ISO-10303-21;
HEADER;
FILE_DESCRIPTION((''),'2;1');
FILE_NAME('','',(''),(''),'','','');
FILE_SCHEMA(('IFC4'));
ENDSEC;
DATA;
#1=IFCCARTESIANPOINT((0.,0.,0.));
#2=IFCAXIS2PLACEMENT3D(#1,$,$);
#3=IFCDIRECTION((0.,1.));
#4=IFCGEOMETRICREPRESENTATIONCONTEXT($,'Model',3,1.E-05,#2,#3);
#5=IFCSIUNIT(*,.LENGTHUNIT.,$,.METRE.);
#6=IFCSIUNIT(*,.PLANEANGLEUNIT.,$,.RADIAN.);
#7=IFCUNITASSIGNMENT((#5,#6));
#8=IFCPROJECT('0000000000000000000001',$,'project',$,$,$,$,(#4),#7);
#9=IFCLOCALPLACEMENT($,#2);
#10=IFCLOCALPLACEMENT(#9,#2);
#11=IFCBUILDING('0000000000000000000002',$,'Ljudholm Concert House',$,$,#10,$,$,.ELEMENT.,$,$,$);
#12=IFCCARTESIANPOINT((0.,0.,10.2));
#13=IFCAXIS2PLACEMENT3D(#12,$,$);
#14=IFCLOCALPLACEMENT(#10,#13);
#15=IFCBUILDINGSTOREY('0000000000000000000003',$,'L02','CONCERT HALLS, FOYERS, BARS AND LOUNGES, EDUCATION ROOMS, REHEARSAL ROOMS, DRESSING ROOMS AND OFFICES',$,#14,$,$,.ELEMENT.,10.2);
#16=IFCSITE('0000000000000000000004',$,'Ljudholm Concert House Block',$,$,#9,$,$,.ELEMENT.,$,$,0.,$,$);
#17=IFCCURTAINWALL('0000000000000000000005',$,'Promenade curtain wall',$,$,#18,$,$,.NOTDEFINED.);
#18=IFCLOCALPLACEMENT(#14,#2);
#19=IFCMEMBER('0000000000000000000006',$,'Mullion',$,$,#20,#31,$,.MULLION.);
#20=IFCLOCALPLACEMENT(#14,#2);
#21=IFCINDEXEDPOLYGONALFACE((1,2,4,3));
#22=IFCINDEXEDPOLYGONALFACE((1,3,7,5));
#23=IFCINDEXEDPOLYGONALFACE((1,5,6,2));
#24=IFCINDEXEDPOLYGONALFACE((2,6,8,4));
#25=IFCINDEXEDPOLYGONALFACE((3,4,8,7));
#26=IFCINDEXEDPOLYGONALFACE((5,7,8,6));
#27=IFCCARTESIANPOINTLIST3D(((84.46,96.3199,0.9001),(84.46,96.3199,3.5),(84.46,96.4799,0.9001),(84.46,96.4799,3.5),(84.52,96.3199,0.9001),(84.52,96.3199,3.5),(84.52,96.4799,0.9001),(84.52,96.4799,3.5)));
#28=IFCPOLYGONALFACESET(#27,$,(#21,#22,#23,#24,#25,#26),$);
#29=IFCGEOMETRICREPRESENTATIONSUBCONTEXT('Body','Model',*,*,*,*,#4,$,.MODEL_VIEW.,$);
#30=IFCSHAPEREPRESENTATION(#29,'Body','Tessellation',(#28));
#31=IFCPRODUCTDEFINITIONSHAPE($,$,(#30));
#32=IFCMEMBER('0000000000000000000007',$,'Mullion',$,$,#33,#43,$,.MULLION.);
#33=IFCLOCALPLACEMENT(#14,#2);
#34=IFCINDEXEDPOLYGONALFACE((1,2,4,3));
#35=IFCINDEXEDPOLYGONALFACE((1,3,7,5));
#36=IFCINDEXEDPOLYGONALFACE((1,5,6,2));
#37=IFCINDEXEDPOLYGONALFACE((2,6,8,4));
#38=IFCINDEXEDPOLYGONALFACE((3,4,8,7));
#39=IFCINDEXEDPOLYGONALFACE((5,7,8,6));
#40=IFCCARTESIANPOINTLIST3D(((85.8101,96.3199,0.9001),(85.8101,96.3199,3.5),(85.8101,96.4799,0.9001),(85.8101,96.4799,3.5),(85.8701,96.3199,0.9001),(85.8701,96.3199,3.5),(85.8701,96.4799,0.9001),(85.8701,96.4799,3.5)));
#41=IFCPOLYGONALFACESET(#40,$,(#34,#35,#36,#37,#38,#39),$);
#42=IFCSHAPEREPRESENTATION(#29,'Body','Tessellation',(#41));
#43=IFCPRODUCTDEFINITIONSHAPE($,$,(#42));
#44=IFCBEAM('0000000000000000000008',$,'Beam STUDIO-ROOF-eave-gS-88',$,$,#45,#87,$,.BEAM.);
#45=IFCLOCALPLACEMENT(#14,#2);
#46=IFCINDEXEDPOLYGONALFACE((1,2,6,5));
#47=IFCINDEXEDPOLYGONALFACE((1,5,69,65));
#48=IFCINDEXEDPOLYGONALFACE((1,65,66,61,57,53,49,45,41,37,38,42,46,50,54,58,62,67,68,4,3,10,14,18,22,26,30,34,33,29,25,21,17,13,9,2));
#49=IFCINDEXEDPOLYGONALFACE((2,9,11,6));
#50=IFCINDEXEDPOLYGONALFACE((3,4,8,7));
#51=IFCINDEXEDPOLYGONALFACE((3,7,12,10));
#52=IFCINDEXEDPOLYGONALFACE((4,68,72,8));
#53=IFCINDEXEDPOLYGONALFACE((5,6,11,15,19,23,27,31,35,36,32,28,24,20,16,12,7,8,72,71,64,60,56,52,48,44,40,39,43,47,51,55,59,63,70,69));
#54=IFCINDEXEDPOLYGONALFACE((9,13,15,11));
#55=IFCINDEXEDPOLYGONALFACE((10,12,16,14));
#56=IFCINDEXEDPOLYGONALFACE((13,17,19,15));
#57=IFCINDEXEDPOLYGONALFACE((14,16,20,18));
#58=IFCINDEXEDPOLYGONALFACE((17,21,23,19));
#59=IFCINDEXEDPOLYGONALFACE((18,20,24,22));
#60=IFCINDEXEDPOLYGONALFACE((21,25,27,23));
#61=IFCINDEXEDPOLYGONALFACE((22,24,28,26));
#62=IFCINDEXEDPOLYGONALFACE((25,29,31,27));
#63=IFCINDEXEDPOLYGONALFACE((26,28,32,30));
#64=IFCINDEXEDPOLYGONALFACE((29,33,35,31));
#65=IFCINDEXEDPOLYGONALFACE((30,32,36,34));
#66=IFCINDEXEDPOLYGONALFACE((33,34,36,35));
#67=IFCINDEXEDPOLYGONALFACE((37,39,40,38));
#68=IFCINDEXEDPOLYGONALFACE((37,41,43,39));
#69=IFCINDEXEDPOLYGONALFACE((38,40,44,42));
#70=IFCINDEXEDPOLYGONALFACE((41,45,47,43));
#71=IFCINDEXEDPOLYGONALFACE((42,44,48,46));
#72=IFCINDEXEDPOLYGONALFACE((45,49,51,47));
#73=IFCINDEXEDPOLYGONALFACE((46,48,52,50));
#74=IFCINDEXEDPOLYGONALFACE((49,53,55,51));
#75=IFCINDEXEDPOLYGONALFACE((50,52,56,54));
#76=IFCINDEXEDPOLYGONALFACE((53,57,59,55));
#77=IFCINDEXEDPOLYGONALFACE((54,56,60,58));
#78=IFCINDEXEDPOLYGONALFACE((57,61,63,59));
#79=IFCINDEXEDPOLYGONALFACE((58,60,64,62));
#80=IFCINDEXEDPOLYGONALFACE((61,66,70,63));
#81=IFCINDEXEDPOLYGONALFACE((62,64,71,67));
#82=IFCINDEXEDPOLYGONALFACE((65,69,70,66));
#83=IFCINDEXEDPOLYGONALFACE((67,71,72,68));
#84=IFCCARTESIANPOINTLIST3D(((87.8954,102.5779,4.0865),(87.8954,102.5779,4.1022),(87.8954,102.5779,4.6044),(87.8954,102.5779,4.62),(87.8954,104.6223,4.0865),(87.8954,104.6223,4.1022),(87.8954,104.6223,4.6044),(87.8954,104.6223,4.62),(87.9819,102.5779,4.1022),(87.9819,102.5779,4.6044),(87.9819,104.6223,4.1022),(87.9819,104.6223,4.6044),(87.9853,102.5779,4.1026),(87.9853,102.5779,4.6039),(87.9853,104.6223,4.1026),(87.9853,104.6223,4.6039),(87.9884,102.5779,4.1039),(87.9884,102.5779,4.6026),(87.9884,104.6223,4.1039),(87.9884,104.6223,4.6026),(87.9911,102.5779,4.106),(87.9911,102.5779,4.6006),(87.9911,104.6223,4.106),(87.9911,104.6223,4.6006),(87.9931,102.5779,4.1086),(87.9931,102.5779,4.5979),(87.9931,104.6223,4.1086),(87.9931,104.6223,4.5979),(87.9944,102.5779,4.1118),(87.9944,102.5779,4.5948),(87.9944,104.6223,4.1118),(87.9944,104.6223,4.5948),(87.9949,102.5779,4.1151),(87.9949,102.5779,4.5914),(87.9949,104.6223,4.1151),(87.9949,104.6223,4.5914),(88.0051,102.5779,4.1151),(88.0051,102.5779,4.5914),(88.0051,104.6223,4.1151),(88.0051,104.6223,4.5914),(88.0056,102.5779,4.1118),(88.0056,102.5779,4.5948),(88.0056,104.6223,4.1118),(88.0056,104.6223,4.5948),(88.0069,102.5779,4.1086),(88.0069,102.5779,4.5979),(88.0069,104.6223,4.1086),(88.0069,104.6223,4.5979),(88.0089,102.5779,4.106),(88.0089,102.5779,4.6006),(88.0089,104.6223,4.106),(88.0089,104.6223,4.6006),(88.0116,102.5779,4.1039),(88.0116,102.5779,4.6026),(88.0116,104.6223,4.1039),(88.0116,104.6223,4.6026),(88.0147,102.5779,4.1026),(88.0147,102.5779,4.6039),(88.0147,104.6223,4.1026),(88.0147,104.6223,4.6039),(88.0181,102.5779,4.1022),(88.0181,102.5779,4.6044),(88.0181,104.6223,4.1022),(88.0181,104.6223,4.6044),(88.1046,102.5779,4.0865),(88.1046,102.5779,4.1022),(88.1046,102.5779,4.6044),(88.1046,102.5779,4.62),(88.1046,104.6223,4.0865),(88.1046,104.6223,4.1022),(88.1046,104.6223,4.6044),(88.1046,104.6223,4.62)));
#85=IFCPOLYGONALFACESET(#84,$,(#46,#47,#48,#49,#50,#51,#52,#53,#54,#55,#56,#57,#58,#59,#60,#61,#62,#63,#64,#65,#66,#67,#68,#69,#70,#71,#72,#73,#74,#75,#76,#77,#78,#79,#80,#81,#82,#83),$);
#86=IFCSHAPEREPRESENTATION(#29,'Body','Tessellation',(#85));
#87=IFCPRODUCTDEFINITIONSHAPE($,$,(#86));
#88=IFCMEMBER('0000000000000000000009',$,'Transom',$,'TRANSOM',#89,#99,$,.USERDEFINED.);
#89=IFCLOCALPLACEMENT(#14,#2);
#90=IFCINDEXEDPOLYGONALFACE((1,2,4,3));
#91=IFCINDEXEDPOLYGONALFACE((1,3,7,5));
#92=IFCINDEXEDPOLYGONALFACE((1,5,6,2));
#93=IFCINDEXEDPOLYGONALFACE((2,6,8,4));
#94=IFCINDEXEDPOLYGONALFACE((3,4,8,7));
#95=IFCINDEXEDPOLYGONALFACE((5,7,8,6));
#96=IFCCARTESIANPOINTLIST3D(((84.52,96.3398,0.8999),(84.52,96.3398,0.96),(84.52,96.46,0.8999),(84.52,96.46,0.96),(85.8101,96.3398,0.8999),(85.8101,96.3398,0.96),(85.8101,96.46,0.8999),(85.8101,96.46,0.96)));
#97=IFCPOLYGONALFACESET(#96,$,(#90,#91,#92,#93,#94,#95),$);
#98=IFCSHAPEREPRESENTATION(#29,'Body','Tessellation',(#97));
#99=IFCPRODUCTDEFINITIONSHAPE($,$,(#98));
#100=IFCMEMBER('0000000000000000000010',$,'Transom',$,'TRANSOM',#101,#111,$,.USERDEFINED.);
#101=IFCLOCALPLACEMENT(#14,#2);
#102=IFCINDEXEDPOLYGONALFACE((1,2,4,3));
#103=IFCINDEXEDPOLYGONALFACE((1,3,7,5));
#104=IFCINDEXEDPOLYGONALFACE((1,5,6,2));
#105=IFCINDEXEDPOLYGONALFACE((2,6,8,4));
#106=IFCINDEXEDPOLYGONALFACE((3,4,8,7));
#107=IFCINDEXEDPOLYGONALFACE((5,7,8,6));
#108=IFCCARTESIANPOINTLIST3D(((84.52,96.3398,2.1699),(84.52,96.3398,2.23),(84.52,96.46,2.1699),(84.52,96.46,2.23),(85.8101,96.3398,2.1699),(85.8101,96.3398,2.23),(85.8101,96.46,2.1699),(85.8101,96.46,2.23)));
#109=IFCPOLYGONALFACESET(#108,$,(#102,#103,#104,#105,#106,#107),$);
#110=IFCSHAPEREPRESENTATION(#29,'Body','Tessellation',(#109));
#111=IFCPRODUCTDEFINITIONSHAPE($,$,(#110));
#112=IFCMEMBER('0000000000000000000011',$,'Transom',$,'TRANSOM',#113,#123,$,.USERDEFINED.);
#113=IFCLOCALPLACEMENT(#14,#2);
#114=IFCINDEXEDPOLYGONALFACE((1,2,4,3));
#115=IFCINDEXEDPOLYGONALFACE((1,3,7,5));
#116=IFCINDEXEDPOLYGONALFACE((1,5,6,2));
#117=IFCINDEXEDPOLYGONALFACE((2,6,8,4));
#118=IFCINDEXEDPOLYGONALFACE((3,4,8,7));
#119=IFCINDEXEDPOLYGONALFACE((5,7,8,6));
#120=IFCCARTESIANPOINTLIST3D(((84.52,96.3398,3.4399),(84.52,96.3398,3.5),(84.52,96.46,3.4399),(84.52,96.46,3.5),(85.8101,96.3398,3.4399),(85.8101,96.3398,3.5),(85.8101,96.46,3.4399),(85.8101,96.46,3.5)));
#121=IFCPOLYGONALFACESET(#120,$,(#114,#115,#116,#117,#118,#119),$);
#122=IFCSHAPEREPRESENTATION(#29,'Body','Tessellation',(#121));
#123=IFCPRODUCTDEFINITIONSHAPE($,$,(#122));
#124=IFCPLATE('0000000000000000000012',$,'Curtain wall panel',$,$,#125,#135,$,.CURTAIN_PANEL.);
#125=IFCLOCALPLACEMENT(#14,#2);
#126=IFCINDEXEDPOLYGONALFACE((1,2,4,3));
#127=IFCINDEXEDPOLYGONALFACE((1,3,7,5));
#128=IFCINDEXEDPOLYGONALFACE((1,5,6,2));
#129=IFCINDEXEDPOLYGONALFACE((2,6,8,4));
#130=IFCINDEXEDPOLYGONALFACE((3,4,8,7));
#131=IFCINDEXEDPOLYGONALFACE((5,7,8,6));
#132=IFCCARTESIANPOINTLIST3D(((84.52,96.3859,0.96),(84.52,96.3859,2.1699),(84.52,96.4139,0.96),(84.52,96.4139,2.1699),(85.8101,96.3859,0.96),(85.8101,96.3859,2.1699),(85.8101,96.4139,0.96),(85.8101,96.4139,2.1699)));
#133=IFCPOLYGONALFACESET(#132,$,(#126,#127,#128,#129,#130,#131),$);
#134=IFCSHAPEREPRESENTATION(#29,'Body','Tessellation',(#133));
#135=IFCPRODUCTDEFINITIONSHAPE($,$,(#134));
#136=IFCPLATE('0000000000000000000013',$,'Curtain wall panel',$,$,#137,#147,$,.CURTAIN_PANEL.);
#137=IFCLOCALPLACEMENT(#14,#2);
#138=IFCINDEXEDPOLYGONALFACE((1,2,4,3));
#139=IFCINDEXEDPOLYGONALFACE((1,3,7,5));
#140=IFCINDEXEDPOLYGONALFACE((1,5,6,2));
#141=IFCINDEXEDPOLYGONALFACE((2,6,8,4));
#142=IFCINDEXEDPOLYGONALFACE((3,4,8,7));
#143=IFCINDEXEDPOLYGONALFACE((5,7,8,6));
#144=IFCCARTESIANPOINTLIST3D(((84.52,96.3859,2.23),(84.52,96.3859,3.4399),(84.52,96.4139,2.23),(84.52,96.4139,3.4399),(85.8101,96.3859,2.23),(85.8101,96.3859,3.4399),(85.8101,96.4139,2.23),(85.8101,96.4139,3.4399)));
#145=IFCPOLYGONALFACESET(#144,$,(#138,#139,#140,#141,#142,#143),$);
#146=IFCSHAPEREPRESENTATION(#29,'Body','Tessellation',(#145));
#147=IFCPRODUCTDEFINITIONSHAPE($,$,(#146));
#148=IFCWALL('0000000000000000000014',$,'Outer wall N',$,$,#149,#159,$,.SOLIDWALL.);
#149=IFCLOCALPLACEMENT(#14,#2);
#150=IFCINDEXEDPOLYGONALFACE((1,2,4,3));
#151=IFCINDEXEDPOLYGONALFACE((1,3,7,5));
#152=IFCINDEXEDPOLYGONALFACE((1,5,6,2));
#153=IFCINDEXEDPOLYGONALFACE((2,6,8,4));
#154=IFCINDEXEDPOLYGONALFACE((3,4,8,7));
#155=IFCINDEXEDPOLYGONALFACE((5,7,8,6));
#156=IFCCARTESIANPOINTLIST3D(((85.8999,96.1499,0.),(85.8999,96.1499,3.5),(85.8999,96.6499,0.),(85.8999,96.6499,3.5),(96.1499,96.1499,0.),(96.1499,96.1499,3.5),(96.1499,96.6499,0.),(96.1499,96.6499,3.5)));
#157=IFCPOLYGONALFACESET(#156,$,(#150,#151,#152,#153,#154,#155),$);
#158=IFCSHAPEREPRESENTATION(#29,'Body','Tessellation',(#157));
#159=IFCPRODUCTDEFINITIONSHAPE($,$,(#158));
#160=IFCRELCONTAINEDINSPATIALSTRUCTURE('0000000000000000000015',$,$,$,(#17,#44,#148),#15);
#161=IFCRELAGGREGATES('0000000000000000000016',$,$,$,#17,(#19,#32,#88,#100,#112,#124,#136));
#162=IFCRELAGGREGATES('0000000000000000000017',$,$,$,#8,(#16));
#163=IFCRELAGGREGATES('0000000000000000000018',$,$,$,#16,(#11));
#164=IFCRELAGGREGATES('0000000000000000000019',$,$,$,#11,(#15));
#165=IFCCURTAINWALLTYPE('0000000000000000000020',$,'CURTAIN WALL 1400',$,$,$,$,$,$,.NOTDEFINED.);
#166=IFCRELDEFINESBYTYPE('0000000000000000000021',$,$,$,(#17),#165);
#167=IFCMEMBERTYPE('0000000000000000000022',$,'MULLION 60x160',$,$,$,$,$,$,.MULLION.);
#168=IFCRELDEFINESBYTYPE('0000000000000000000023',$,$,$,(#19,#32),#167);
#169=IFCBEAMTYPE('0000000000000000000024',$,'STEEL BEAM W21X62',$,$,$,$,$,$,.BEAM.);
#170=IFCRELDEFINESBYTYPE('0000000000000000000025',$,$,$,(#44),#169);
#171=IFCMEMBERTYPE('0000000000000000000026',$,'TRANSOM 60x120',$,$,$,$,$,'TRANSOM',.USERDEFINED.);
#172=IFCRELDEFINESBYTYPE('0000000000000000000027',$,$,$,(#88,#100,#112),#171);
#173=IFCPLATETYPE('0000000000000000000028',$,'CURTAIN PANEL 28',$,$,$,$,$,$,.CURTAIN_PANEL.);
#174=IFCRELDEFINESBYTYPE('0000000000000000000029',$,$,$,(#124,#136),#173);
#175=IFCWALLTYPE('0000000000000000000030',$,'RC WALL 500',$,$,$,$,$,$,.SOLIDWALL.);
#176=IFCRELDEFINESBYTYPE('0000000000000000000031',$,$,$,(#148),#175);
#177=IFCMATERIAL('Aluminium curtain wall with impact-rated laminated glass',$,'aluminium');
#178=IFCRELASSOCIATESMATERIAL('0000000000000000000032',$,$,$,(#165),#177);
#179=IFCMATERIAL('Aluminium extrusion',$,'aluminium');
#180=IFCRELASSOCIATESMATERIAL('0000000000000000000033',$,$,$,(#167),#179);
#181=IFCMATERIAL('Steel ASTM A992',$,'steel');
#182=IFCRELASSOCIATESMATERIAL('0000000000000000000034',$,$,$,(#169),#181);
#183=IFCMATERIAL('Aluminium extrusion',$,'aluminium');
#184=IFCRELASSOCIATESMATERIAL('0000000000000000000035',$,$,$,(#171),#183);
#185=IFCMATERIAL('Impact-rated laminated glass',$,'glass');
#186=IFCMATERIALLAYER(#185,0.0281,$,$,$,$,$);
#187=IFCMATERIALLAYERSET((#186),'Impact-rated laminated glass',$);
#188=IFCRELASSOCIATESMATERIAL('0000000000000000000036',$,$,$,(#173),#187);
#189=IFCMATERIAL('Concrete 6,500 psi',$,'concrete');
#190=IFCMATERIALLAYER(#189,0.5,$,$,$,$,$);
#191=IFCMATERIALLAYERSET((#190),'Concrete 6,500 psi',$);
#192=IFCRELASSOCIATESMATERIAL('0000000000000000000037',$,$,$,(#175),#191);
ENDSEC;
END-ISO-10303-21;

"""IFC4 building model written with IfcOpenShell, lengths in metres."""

from ifc_helpers import new_model, si_unit, direction, frame, frame_2d, origin, origin_2d, place, context, subcontext, project, spatial, rectangle, i_section, extrude, material, layer, layer_set, material_profile, profile_set, type_object, element, aggregate, save


model = new_model("IFC4")

# Units and contexts
model_context = context("Model", 3, precision=1e-05, world=origin(), true_north=direction((0.0, 1.0)))
body_context = subcontext(model_context, "Body", "Model", "MODEL_VIEW")
ifc_project = project(units=[si_unit("LENGTHUNIT", "METRE"), si_unit("PLANEANGLEUNIT", "RADIAN")], contexts=[model_context])

# Site, building, storey
site_placement = place(None, origin())
site = spatial("IfcSite", under=ifc_project, at=site_placement, Name="Ljudholm Concert House Block", CompositionType="ELEMENT", RefElevation=0.0)
building_placement = place(site_placement, origin())
building = spatial("IfcBuilding", under=site, at=building_placement, Name="Ljudholm Concert House", CompositionType="ELEMENT")
storey_placement = place(building_placement, frame((0.0, 0.0, 10.2)))
storey = spatial("IfcBuildingStorey", under=building, at=storey_placement, Name="L02", Description="CONCERT HALLS, FOYERS, BARS AND LOUNGES, EDUCATION ROOMS, REHEARSAL ROOMS, DRESSING ROOMS AND OFFICES", CompositionType="ELEMENT", Elevation=10.2)

# Curtain wall, members
ifc_material_1 = material(Name="Aluminium curtain wall with impact-rated laminated glass", Category="aluminium")
curtain_wall_type = type_object("IfcCurtainWallType", Name="CURTAIN WALL 1400", PredefinedType="NOTDEFINED", material=ifc_material_1)
curtain_wall_placement = place(storey_placement, origin())
curtain_wall = element("IfcCurtainWall", 1, at=curtain_wall_placement, inside=storey, type_object=curtain_wall_type, Name="Promenade curtain wall", PredefinedType="NOTDEFINED")
ifc_material_2 = material(Name="Aluminium extrusion", Category="aluminium")
ifc_material_profile_1 = material_profile(ifc_material_2, rectangle(XDim=0.1599, YDim=0.0601, at=origin_2d()), Name="MULLION 60x160")
ifc_profile_set_1 = profile_set([ifc_material_profile_1], Name="Aluminium extrusion")
member_type_1 = type_object("IfcMemberType", Name="MULLION 60x160", PredefinedType="MULLION", material=ifc_profile_set_1)
member_1_placement = place(storey_placement, frame((84.49, 96.3999, 0.9001), z_axis=(0.0, 0.0, 1.0), x_axis=(0.0, 1.0, 0.0)))
member_1 = element("IfcMember", 2, at=member_1_placement, type_object=member_type_1, Name="Mullion", PredefinedType="MULLION", context=body_context, shape_type="SweptSolid", body=[
    extrude(rectangle(XDim=0.1599, YDim=0.0601, at=origin_2d()), origin(), (0.0, 0.0, 1.0), 2.5999),
])
member_2_placement = place(storey_placement, frame((85.8401, 96.3999, 0.9001), z_axis=(0.0, 0.0, 1.0), x_axis=(0.0, 1.0, 0.0)))
member_2 = element("IfcMember", 3, at=member_2_placement, type_object=member_type_1, Name="Mullion", PredefinedType="MULLION", context=body_context, shape_type="SweptSolid", body=[
    extrude(rectangle(XDim=0.1599, YDim=0.0601, at=origin_2d()), origin(), (0.0, 0.0, 1.0), 2.5999),
])

# Beam
ifc_material_3 = material(Name="Steel ASTM A992", Category="steel")
ifc_material_profile_2 = material_profile(ifc_material_3, i_section(OverallWidth=0.2092, OverallDepth=0.5334, WebThickness=0.0103, FlangeThickness=0.0156, FilletRadius=0.0129, at=origin_2d()), Name="W21X62")
ifc_profile_set_2 = profile_set([ifc_material_profile_2], Name="Steel ASTM A992")
beam_type = type_object("IfcBeamType", Name="STEEL BEAM W21X62", PredefinedType="BEAM", material=ifc_profile_set_2)
beam_placement = place(storey_placement, frame((88.0, 104.6223, 4.3533), z_axis=(0.0, -1.0, 0.0), x_axis=(1.0, 0.0, 0.0)))
element("IfcBeam", 4, at=beam_placement, inside=storey, type_object=beam_type, Name="Beam STUDIO-ROOF-eave-gS-88", PredefinedType="BEAM", context=body_context, shape_type="SweptSolid", body=[
    extrude(i_section(OverallWidth=0.2092, OverallDepth=0.5334, WebThickness=0.0103, FlangeThickness=0.0156, FilletRadius=0.0129, at=origin_2d()), origin(), (0.0, 0.0, 1.0), 2.0444),
])

# Members
ifc_material_4 = material(Name="Aluminium extrusion", Category="aluminium")
ifc_material_profile_3 = material_profile(ifc_material_4, rectangle(XDim=0.1201, YDim=0.0601, at=origin_2d()), Name="TRANSOM 60x120")
ifc_profile_set_3 = profile_set([ifc_material_profile_3], Name="Aluminium extrusion")
member_type_2 = type_object("IfcMemberType", Name="TRANSOM 60x120", ElementType="TRANSOM", PredefinedType="USERDEFINED", material=ifc_profile_set_3)
member_3_placement = place(storey_placement, frame((84.52, 96.3999, 0.9299), z_axis=(1.0, 0.0, 0.0), x_axis=(0.0, 1.0, 0.0)))
member_3 = element("IfcMember", 5, at=member_3_placement, type_object=member_type_2, Name="Transom", ObjectType="TRANSOM", PredefinedType="USERDEFINED", context=body_context, shape_type="SweptSolid", body=[
    extrude(rectangle(XDim=0.1201, YDim=0.0601, at=origin_2d()), origin(), (0.0, 0.0, 1.0), 1.29),
])
member_4_placement = place(storey_placement, frame((84.52, 96.3999, 2.2), z_axis=(1.0, 0.0, 0.0), x_axis=(0.0, 1.0, 0.0)))
member_4 = element("IfcMember", 6, at=member_4_placement, type_object=member_type_2, Name="Transom", ObjectType="TRANSOM", PredefinedType="USERDEFINED", context=body_context, shape_type="SweptSolid", body=[
    extrude(rectangle(XDim=0.1201, YDim=0.0601, at=origin_2d()), origin(), (0.0, 0.0, 1.0), 1.29),
])
member_5_placement = place(storey_placement, frame((84.52, 96.3999, 3.47), z_axis=(1.0, 0.0, 0.0), x_axis=(0.0, 1.0, 0.0)))
member_5 = element("IfcMember", 7, at=member_5_placement, type_object=member_type_2, Name="Transom", ObjectType="TRANSOM", PredefinedType="USERDEFINED", context=body_context, shape_type="SweptSolid", body=[
    extrude(rectangle(XDim=0.1201, YDim=0.0601, at=origin_2d()), origin(), (0.0, 0.0, 1.0), 1.29),
])

# Plates
ifc_material_5 = material(Name="Impact-rated laminated glass", Category="glass")
ifc_layer_1 = layer(ifc_material_5, 0.0281)
ifc_layer_set_1 = layer_set([ifc_layer_1], Name="Impact-rated laminated glass")
plate_type = type_object("IfcPlateType", Name="CURTAIN PANEL 28", PredefinedType="CURTAIN_PANEL", material=ifc_layer_set_1)
plate_1_placement = place(storey_placement, frame((85.165, 96.3999, 0.96), z_axis=(0.0, 0.0, 1.0), x_axis=(1.0, 0.0, 0.0)))
plate_1 = element("IfcPlate", 8, at=plate_1_placement, type_object=plate_type, Name="Curtain wall panel", PredefinedType="CURTAIN_PANEL", context=body_context, shape_type="SweptSolid", body=[
    extrude(rectangle(XDim=1.29, YDim=0.0281, at=origin_2d()), origin(), (0.0, 0.0, 1.0), 1.21),
])
plate_2_placement = place(storey_placement, frame((85.165, 96.3999, 2.23), z_axis=(0.0, 0.0, 1.0), x_axis=(1.0, 0.0, 0.0)))
plate_2 = element("IfcPlate", 9, at=plate_2_placement, type_object=plate_type, Name="Curtain wall panel", PredefinedType="CURTAIN_PANEL", context=body_context, shape_type="SweptSolid", body=[
    extrude(rectangle(XDim=1.29, YDim=0.0281, at=origin_2d()), origin(), (0.0, 0.0, 1.0), 1.21),
])
aggregate(curtain_wall, [member_1, member_2, member_3, member_4, member_5, plate_1, plate_2])

# Wall
ifc_material_6 = material(Name="Concrete 6,500 psi", Category="concrete")
ifc_layer_2 = layer(ifc_material_6, 0.5)
ifc_layer_set_2 = layer_set([ifc_layer_2], Name="Concrete 6,500 psi")
wall_type = type_object("IfcWallType", Name="RC WALL 500", PredefinedType="SOLIDWALL", material=ifc_layer_set_2)
wall_placement = place(storey_placement, frame((85.8999, 96.3999, 0.0), z_axis=(0.0, 0.0, 1.0), x_axis=(1.0, 0.0, 0.0)))
element("IfcWall", 10, at=wall_placement, inside=storey, type_object=wall_type, Name="Outer wall N", PredefinedType="SOLIDWALL", context=body_context, shape_type="SweptSolid", body=[
    extrude(rectangle(XDim=10.25, YDim=0.5, at=frame_2d((5.125, 0.0))), origin(), (0.0, 0.0, 1.0), 3.5),
])

save(model, "model.ifc")
